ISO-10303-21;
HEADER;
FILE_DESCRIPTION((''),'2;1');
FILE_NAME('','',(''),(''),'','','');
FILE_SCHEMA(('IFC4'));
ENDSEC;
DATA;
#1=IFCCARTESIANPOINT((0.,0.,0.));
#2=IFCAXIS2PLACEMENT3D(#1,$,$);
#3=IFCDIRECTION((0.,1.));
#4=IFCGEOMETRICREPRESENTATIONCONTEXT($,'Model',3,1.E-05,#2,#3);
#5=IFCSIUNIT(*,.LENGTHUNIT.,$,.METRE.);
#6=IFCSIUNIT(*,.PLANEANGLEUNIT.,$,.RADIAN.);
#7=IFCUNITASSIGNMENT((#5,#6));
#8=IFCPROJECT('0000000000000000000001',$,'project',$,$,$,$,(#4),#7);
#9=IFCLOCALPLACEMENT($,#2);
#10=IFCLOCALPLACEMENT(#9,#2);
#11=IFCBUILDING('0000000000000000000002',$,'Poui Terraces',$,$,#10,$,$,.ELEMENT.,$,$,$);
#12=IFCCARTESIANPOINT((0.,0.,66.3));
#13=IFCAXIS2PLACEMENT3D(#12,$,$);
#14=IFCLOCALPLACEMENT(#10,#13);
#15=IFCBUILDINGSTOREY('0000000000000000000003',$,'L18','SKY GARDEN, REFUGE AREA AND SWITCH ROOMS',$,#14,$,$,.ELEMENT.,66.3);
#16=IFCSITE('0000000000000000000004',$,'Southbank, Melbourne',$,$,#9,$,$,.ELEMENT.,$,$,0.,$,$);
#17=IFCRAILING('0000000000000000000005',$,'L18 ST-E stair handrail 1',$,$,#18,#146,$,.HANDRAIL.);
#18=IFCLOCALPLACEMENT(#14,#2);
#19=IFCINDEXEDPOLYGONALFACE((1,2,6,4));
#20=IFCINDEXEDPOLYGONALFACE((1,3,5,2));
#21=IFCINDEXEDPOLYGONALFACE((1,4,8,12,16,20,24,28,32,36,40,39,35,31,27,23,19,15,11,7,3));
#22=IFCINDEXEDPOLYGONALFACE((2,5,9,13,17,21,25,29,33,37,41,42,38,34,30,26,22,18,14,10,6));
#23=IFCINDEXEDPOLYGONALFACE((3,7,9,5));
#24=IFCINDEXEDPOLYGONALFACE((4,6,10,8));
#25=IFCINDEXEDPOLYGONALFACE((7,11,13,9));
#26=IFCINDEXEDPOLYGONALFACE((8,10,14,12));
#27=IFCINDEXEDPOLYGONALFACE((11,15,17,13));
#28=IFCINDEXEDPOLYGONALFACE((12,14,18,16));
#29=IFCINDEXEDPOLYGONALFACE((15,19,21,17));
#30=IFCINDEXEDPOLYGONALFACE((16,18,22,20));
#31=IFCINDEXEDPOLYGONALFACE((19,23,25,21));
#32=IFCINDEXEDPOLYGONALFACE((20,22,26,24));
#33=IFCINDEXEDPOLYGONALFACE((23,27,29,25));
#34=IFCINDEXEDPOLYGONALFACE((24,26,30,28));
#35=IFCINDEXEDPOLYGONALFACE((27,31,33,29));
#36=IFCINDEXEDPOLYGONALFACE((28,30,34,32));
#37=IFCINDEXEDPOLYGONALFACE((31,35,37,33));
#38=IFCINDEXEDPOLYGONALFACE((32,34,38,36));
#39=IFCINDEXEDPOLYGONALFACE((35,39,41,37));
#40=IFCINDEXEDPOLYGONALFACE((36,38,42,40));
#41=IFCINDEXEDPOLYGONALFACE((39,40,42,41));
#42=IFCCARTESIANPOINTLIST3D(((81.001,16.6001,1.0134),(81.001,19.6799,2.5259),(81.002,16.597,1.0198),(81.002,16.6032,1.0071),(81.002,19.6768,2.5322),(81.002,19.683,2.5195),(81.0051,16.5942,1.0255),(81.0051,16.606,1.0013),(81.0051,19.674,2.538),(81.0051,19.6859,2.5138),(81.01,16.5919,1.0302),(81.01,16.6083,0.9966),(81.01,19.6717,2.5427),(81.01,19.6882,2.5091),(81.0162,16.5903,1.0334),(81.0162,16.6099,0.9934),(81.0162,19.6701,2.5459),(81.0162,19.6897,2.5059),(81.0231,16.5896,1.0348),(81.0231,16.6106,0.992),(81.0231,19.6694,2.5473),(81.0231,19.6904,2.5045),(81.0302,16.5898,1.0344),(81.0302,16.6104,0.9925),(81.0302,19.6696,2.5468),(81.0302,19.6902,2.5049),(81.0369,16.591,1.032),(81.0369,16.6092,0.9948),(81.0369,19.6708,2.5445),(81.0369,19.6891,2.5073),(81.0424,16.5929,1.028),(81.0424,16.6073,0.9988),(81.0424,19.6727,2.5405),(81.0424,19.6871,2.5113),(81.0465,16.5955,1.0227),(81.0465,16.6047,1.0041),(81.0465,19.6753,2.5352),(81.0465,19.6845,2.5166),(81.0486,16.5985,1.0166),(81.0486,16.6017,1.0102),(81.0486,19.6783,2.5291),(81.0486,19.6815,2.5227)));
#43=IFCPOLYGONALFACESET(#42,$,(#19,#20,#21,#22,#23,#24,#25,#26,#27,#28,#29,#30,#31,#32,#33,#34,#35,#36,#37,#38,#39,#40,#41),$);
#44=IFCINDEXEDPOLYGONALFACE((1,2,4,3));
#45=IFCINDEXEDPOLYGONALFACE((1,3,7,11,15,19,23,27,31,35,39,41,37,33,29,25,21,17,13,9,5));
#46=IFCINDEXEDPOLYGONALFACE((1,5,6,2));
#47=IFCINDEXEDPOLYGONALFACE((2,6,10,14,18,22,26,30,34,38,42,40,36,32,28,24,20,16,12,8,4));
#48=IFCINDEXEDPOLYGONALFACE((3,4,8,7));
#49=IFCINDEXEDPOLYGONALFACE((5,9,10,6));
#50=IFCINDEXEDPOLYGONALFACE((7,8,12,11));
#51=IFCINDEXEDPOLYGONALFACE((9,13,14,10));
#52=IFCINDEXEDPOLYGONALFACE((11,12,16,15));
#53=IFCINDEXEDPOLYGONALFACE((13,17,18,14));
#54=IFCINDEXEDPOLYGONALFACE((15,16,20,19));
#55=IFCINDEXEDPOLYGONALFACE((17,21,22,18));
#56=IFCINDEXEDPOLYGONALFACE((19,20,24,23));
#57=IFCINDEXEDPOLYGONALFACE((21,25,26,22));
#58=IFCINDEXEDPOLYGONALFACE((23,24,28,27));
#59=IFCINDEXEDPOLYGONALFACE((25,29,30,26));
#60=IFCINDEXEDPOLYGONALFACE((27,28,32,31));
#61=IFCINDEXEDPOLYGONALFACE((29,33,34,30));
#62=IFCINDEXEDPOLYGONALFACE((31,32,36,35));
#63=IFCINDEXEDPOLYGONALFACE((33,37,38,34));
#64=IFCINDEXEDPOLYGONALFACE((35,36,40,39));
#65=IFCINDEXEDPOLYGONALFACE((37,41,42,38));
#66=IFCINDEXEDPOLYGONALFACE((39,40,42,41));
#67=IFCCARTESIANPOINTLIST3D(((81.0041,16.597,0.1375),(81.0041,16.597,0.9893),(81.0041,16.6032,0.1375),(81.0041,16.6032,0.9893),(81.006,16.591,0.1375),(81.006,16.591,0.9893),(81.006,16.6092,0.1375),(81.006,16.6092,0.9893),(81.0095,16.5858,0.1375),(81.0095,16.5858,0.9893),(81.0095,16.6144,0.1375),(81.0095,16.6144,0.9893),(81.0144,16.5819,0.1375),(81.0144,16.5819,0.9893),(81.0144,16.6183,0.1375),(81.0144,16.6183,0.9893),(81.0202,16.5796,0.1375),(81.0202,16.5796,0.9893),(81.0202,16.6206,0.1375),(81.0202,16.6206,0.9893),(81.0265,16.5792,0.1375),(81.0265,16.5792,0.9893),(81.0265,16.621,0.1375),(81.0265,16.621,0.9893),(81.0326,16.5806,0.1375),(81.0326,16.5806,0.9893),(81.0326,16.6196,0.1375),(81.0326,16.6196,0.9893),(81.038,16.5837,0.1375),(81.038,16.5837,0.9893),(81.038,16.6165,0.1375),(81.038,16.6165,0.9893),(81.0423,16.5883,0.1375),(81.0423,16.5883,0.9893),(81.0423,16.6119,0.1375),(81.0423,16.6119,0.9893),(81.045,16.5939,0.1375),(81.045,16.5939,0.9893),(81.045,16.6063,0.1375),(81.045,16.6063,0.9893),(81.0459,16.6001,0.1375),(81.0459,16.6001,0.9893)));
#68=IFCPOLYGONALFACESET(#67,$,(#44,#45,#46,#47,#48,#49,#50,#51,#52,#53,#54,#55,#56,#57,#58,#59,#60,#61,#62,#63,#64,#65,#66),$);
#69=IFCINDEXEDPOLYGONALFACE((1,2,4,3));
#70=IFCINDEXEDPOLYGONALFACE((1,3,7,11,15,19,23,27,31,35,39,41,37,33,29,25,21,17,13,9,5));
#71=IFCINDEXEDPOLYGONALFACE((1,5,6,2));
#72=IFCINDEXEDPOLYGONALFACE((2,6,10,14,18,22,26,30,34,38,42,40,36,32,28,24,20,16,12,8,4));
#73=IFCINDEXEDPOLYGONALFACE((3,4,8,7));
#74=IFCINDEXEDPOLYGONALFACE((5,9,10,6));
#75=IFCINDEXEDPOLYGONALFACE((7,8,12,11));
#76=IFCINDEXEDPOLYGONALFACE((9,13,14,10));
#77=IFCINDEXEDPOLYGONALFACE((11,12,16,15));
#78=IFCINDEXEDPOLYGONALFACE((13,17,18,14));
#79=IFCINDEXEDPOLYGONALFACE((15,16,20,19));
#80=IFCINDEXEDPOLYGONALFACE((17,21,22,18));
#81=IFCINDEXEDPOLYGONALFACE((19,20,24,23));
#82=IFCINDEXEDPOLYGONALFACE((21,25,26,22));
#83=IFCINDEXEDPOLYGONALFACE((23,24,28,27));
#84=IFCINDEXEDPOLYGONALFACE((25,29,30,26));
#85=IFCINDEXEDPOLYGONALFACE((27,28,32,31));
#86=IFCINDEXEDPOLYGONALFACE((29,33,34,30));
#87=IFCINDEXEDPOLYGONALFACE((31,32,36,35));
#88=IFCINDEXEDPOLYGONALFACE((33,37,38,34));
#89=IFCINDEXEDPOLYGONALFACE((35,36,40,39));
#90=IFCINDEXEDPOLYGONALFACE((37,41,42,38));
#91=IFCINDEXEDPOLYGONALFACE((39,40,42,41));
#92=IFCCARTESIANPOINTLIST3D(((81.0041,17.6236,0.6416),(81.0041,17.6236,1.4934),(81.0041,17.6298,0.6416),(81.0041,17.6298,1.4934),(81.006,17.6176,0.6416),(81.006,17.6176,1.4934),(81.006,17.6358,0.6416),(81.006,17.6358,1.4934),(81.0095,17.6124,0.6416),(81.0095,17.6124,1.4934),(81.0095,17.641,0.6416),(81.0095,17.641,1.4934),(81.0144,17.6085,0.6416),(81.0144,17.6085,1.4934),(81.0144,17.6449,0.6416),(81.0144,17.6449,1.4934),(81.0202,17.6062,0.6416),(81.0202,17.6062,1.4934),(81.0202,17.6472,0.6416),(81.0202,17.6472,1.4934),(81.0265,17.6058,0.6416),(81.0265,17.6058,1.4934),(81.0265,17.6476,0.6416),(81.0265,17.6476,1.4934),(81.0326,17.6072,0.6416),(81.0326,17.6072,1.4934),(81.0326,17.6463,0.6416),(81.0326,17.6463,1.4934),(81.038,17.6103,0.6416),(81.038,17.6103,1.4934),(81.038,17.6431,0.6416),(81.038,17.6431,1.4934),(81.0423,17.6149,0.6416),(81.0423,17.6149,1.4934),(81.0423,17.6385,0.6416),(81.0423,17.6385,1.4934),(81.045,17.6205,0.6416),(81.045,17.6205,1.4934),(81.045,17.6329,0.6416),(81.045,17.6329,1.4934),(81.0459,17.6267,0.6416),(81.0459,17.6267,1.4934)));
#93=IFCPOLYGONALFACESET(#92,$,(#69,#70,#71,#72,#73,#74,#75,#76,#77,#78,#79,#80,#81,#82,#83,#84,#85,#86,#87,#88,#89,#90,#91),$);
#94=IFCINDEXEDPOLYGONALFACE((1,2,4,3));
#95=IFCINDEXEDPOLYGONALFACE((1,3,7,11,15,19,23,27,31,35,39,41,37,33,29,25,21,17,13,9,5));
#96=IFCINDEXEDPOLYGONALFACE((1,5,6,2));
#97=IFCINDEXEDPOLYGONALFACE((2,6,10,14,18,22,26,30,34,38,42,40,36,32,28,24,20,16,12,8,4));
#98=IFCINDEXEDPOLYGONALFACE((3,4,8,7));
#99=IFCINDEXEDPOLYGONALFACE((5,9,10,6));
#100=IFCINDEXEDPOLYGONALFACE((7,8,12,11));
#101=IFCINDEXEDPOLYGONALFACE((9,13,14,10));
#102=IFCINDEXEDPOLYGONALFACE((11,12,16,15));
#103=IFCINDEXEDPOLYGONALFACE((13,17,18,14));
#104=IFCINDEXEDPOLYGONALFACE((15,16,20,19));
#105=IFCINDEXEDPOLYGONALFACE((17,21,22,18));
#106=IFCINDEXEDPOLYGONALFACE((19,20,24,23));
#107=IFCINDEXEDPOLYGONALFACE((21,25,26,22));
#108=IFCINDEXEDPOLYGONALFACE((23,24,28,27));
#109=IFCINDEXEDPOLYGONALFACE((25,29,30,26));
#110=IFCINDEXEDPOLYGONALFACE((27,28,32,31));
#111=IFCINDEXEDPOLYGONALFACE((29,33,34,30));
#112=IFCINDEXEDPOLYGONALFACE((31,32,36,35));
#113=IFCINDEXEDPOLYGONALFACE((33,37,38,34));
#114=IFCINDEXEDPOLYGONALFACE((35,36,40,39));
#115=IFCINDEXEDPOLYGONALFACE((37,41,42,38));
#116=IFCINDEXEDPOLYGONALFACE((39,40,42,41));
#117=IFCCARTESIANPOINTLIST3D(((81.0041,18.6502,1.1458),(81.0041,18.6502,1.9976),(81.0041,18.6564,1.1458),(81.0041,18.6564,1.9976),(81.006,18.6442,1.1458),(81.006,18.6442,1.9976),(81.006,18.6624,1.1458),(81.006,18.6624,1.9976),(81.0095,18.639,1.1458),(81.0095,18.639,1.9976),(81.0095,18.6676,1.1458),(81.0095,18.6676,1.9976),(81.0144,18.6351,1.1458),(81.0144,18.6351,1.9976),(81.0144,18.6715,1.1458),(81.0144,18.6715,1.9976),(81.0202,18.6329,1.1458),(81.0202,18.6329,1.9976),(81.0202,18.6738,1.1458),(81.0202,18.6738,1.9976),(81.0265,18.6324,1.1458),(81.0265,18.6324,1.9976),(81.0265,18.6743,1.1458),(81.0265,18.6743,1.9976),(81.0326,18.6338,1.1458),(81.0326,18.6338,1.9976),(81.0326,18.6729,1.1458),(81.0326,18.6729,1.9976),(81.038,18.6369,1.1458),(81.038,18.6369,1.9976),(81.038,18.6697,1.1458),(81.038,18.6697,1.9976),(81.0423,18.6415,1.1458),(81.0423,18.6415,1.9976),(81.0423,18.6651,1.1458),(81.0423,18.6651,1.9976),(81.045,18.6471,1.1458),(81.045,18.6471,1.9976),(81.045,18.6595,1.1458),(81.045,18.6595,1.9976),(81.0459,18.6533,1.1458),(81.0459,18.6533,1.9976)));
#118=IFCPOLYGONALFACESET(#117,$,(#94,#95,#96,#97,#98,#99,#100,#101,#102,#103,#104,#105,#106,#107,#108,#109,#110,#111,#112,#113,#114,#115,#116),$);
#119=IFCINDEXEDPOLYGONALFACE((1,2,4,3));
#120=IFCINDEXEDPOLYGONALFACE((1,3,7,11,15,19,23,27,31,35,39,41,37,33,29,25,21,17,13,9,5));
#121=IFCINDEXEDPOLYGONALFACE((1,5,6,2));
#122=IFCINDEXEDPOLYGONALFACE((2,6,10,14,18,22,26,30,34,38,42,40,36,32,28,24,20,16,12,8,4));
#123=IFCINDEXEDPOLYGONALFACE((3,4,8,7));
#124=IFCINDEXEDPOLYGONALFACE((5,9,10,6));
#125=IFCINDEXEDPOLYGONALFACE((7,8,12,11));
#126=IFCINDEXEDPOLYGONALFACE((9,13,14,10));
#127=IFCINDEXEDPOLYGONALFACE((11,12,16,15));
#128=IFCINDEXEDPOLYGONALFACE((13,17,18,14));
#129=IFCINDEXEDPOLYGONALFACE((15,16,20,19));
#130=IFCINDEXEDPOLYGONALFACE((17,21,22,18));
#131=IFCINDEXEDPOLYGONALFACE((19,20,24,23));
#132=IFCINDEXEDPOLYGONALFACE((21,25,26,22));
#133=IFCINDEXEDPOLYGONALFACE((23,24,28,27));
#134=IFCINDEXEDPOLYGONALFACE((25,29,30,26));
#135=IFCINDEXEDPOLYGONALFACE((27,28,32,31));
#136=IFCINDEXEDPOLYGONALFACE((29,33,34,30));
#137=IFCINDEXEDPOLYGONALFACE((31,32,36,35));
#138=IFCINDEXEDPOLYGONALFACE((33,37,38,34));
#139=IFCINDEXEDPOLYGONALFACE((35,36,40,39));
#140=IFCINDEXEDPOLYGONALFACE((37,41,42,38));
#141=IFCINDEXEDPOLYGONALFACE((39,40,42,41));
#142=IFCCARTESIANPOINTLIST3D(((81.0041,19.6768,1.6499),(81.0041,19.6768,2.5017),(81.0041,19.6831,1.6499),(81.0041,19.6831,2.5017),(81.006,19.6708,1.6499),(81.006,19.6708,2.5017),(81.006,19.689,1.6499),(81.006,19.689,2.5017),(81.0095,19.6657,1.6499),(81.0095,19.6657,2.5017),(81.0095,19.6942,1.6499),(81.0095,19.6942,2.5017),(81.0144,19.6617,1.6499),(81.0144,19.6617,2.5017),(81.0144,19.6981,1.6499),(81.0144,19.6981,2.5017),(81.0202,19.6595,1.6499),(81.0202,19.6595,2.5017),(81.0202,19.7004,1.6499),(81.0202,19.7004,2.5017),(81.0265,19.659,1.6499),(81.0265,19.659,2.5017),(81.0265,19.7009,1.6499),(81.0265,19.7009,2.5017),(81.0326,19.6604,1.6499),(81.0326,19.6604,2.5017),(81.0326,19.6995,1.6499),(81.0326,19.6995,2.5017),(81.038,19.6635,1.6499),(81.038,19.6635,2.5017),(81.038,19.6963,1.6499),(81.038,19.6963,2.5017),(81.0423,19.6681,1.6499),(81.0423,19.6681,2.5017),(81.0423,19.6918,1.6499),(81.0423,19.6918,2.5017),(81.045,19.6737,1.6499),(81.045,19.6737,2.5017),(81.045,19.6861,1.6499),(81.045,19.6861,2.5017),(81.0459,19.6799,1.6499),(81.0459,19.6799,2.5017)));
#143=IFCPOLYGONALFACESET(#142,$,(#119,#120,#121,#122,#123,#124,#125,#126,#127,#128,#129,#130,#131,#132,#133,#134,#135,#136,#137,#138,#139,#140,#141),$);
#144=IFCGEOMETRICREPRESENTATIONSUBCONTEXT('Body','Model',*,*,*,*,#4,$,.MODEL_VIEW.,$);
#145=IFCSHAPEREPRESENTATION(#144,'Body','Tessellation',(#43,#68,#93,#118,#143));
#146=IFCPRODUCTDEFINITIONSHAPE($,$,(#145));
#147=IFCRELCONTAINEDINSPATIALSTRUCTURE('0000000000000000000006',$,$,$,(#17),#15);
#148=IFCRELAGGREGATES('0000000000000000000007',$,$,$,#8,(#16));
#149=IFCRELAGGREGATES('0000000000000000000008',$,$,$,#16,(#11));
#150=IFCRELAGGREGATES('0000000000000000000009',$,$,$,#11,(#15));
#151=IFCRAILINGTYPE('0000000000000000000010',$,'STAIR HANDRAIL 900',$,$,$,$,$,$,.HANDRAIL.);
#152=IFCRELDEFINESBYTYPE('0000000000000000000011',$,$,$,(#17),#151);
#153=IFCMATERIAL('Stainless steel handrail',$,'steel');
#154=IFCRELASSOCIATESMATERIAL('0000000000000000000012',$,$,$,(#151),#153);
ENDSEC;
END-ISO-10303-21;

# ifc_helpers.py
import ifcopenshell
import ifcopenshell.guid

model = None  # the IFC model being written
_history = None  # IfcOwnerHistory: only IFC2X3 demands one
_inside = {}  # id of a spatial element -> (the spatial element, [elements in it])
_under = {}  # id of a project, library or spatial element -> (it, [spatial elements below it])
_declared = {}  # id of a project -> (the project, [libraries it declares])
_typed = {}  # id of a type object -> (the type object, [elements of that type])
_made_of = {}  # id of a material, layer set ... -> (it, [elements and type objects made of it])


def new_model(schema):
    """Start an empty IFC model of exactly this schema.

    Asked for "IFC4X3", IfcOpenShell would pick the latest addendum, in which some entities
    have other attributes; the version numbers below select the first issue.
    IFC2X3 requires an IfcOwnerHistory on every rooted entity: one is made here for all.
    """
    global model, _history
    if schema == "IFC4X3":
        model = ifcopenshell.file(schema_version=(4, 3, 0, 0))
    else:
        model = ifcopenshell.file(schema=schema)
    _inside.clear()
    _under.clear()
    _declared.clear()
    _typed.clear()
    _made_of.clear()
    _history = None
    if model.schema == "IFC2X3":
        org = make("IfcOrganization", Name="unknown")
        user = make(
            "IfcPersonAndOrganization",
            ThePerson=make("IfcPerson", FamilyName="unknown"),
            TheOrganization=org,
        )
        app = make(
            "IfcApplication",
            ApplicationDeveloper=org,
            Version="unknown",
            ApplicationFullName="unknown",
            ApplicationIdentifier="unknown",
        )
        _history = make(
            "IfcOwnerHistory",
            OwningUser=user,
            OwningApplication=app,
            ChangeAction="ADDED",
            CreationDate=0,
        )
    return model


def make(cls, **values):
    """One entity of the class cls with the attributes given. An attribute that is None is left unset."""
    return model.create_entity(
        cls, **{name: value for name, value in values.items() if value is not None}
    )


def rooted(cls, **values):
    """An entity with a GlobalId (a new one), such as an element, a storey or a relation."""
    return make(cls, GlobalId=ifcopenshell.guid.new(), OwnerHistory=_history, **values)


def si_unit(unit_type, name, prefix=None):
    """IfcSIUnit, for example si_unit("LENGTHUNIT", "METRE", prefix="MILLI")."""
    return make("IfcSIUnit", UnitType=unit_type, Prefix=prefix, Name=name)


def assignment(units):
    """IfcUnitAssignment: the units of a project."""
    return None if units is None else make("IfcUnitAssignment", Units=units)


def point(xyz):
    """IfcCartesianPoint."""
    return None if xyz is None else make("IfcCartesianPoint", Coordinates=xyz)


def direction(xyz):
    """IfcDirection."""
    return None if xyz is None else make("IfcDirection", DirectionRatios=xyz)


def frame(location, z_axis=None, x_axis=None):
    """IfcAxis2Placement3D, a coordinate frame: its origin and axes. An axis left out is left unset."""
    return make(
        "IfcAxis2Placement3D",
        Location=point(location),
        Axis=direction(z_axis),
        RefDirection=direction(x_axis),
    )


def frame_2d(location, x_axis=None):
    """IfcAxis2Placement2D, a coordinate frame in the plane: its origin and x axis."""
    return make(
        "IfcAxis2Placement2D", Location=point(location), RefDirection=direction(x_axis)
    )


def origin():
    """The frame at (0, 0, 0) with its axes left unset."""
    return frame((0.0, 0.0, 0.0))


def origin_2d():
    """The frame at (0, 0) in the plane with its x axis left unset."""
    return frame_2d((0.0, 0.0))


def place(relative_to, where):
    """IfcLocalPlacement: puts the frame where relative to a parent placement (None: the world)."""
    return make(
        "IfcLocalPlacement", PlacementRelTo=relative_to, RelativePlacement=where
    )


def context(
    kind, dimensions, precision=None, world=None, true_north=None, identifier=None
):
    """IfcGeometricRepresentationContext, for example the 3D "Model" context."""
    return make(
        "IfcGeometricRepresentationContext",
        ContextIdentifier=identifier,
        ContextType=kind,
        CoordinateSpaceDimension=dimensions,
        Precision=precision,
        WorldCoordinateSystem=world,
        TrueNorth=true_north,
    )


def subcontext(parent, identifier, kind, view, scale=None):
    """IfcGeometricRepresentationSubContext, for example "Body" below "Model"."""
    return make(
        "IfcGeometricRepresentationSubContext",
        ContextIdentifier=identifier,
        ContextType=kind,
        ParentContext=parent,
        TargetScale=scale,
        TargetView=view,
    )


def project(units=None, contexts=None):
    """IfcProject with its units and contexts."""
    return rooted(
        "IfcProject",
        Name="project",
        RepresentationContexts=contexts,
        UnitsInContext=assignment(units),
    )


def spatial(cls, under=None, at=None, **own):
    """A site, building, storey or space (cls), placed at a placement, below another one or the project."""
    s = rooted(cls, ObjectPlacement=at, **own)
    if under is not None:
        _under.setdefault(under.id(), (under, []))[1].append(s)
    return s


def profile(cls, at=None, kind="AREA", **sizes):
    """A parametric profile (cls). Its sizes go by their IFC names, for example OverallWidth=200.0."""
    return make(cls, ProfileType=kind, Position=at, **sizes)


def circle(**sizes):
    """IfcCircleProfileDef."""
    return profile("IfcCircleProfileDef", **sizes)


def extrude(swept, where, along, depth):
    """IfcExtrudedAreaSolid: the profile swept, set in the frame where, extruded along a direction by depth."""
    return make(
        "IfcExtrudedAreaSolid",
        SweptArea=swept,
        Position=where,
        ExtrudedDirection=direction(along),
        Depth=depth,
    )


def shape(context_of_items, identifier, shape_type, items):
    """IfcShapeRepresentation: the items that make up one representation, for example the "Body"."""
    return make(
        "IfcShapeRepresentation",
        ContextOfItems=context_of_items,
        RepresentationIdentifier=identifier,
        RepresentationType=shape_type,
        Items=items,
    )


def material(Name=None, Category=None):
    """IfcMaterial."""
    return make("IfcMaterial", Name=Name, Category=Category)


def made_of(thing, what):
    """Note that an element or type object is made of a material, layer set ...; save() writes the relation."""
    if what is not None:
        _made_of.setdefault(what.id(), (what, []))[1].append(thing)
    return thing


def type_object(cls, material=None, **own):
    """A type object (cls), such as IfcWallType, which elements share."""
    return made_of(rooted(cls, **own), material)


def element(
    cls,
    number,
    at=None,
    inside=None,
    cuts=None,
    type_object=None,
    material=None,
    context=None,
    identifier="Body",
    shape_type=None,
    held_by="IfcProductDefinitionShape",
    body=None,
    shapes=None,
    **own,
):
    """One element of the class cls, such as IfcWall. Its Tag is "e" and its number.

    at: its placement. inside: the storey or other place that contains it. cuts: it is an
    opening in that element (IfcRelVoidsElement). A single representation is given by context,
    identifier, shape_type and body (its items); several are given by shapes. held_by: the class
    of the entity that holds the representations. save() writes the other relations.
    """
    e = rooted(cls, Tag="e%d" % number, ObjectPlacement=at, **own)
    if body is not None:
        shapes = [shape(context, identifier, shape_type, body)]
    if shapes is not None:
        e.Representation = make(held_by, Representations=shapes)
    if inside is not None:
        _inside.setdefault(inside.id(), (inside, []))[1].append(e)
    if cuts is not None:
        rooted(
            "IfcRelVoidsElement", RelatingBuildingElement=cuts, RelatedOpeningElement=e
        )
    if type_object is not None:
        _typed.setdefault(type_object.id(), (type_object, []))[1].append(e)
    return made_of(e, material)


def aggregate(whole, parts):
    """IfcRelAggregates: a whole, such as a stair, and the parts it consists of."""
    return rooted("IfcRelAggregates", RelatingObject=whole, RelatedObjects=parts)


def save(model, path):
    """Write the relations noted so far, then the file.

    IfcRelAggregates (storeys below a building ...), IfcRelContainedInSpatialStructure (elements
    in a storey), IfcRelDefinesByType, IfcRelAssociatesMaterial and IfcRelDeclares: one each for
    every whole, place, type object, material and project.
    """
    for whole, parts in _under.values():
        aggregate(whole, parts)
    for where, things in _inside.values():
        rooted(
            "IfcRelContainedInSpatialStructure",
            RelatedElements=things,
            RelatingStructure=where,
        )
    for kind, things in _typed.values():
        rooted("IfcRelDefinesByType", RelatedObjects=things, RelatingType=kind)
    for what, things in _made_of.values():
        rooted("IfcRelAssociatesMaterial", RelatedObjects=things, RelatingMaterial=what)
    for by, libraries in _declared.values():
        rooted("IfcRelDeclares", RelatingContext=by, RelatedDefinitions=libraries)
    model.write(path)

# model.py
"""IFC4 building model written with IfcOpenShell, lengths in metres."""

from ifc_helpers import new_model, si_unit, direction, frame, origin, origin_2d, place, context, subcontext, project, spatial, circle, extrude, material, type_object, element, save


model = new_model("IFC4")

# Units and contexts
model_context = context("Model", 3, precision=1e-05, world=origin(), true_north=direction((0.0, 1.0)))
body_context = subcontext(model_context, "Body", "Model", "MODEL_VIEW")
ifc_project = project(units=[si_unit("LENGTHUNIT", "METRE"), si_unit("PLANEANGLEUNIT", "RADIAN")], contexts=[model_context])

# Site, building, storey
site_placement = place(None, origin())
site = spatial("IfcSite", under=ifc_project, at=site_placement, Name="Southbank, Melbourne", CompositionType="ELEMENT", RefElevation=0.0)
building_placement = place(site_placement, origin())
building = spatial("IfcBuilding", under=site, at=building_placement, Name="Poui Terraces", CompositionType="ELEMENT")
storey_placement = place(building_placement, frame((0.0, 0.0, 66.3)))
storey = spatial("IfcBuildingStorey", under=building, at=storey_placement, Name="L18", Description="SKY GARDEN, REFUGE AREA AND SWITCH ROOMS", CompositionType="ELEMENT", Elevation=66.3)

# Railing
ifc_material_1 = material(Name="Stainless steel handrail", Category="steel")
railing_type_1 = type_object("IfcRailingType", Name="STAIR HANDRAIL 900", PredefinedType="HANDRAIL", material=ifc_material_1)
for number, where, name in (
    (1, (81.0249, 16.6001, 0.1375), "L18 ST-E stair handrail 1"),
):
    element("IfcRailing", number, at=place(storey_placement, frame(where)), inside=storey, type_object=railing_type_1, Name=name, PredefinedType="HANDRAIL", context=body_context, shape_type="SweptSolid", body=[
        extrude(circle(Radius=0.0239, at=origin_2d()), frame((0.0, 0.0, 0.876), z_axis=(0.0, 0.897606, 0.440798), x_axis=(-1.0, 0.0, 0.0)), (0.0, 0.0, 1.0), 3.4312),
        extrude(circle(Radius=0.021, at=origin_2d()), origin(), (0.0, 0.0, 1.0), 0.8518),
        extrude(circle(Radius=0.021, at=origin_2d()), frame((0.0, 1.0266, 0.5042)), (0.0, 0.0, 1.0), 0.8518),
        extrude(circle(Radius=0.021, at=origin_2d()), frame((0.0, 2.0532, 1.0083)), (0.0, 0.0, 1.0), 0.8518),
        extrude(circle(Radius=0.021, at=origin_2d()), frame((0.0, 3.0798, 1.5125)), (0.0, 0.0, 1.0), 0.8518),
    ])

save(model, "model.ifc")
